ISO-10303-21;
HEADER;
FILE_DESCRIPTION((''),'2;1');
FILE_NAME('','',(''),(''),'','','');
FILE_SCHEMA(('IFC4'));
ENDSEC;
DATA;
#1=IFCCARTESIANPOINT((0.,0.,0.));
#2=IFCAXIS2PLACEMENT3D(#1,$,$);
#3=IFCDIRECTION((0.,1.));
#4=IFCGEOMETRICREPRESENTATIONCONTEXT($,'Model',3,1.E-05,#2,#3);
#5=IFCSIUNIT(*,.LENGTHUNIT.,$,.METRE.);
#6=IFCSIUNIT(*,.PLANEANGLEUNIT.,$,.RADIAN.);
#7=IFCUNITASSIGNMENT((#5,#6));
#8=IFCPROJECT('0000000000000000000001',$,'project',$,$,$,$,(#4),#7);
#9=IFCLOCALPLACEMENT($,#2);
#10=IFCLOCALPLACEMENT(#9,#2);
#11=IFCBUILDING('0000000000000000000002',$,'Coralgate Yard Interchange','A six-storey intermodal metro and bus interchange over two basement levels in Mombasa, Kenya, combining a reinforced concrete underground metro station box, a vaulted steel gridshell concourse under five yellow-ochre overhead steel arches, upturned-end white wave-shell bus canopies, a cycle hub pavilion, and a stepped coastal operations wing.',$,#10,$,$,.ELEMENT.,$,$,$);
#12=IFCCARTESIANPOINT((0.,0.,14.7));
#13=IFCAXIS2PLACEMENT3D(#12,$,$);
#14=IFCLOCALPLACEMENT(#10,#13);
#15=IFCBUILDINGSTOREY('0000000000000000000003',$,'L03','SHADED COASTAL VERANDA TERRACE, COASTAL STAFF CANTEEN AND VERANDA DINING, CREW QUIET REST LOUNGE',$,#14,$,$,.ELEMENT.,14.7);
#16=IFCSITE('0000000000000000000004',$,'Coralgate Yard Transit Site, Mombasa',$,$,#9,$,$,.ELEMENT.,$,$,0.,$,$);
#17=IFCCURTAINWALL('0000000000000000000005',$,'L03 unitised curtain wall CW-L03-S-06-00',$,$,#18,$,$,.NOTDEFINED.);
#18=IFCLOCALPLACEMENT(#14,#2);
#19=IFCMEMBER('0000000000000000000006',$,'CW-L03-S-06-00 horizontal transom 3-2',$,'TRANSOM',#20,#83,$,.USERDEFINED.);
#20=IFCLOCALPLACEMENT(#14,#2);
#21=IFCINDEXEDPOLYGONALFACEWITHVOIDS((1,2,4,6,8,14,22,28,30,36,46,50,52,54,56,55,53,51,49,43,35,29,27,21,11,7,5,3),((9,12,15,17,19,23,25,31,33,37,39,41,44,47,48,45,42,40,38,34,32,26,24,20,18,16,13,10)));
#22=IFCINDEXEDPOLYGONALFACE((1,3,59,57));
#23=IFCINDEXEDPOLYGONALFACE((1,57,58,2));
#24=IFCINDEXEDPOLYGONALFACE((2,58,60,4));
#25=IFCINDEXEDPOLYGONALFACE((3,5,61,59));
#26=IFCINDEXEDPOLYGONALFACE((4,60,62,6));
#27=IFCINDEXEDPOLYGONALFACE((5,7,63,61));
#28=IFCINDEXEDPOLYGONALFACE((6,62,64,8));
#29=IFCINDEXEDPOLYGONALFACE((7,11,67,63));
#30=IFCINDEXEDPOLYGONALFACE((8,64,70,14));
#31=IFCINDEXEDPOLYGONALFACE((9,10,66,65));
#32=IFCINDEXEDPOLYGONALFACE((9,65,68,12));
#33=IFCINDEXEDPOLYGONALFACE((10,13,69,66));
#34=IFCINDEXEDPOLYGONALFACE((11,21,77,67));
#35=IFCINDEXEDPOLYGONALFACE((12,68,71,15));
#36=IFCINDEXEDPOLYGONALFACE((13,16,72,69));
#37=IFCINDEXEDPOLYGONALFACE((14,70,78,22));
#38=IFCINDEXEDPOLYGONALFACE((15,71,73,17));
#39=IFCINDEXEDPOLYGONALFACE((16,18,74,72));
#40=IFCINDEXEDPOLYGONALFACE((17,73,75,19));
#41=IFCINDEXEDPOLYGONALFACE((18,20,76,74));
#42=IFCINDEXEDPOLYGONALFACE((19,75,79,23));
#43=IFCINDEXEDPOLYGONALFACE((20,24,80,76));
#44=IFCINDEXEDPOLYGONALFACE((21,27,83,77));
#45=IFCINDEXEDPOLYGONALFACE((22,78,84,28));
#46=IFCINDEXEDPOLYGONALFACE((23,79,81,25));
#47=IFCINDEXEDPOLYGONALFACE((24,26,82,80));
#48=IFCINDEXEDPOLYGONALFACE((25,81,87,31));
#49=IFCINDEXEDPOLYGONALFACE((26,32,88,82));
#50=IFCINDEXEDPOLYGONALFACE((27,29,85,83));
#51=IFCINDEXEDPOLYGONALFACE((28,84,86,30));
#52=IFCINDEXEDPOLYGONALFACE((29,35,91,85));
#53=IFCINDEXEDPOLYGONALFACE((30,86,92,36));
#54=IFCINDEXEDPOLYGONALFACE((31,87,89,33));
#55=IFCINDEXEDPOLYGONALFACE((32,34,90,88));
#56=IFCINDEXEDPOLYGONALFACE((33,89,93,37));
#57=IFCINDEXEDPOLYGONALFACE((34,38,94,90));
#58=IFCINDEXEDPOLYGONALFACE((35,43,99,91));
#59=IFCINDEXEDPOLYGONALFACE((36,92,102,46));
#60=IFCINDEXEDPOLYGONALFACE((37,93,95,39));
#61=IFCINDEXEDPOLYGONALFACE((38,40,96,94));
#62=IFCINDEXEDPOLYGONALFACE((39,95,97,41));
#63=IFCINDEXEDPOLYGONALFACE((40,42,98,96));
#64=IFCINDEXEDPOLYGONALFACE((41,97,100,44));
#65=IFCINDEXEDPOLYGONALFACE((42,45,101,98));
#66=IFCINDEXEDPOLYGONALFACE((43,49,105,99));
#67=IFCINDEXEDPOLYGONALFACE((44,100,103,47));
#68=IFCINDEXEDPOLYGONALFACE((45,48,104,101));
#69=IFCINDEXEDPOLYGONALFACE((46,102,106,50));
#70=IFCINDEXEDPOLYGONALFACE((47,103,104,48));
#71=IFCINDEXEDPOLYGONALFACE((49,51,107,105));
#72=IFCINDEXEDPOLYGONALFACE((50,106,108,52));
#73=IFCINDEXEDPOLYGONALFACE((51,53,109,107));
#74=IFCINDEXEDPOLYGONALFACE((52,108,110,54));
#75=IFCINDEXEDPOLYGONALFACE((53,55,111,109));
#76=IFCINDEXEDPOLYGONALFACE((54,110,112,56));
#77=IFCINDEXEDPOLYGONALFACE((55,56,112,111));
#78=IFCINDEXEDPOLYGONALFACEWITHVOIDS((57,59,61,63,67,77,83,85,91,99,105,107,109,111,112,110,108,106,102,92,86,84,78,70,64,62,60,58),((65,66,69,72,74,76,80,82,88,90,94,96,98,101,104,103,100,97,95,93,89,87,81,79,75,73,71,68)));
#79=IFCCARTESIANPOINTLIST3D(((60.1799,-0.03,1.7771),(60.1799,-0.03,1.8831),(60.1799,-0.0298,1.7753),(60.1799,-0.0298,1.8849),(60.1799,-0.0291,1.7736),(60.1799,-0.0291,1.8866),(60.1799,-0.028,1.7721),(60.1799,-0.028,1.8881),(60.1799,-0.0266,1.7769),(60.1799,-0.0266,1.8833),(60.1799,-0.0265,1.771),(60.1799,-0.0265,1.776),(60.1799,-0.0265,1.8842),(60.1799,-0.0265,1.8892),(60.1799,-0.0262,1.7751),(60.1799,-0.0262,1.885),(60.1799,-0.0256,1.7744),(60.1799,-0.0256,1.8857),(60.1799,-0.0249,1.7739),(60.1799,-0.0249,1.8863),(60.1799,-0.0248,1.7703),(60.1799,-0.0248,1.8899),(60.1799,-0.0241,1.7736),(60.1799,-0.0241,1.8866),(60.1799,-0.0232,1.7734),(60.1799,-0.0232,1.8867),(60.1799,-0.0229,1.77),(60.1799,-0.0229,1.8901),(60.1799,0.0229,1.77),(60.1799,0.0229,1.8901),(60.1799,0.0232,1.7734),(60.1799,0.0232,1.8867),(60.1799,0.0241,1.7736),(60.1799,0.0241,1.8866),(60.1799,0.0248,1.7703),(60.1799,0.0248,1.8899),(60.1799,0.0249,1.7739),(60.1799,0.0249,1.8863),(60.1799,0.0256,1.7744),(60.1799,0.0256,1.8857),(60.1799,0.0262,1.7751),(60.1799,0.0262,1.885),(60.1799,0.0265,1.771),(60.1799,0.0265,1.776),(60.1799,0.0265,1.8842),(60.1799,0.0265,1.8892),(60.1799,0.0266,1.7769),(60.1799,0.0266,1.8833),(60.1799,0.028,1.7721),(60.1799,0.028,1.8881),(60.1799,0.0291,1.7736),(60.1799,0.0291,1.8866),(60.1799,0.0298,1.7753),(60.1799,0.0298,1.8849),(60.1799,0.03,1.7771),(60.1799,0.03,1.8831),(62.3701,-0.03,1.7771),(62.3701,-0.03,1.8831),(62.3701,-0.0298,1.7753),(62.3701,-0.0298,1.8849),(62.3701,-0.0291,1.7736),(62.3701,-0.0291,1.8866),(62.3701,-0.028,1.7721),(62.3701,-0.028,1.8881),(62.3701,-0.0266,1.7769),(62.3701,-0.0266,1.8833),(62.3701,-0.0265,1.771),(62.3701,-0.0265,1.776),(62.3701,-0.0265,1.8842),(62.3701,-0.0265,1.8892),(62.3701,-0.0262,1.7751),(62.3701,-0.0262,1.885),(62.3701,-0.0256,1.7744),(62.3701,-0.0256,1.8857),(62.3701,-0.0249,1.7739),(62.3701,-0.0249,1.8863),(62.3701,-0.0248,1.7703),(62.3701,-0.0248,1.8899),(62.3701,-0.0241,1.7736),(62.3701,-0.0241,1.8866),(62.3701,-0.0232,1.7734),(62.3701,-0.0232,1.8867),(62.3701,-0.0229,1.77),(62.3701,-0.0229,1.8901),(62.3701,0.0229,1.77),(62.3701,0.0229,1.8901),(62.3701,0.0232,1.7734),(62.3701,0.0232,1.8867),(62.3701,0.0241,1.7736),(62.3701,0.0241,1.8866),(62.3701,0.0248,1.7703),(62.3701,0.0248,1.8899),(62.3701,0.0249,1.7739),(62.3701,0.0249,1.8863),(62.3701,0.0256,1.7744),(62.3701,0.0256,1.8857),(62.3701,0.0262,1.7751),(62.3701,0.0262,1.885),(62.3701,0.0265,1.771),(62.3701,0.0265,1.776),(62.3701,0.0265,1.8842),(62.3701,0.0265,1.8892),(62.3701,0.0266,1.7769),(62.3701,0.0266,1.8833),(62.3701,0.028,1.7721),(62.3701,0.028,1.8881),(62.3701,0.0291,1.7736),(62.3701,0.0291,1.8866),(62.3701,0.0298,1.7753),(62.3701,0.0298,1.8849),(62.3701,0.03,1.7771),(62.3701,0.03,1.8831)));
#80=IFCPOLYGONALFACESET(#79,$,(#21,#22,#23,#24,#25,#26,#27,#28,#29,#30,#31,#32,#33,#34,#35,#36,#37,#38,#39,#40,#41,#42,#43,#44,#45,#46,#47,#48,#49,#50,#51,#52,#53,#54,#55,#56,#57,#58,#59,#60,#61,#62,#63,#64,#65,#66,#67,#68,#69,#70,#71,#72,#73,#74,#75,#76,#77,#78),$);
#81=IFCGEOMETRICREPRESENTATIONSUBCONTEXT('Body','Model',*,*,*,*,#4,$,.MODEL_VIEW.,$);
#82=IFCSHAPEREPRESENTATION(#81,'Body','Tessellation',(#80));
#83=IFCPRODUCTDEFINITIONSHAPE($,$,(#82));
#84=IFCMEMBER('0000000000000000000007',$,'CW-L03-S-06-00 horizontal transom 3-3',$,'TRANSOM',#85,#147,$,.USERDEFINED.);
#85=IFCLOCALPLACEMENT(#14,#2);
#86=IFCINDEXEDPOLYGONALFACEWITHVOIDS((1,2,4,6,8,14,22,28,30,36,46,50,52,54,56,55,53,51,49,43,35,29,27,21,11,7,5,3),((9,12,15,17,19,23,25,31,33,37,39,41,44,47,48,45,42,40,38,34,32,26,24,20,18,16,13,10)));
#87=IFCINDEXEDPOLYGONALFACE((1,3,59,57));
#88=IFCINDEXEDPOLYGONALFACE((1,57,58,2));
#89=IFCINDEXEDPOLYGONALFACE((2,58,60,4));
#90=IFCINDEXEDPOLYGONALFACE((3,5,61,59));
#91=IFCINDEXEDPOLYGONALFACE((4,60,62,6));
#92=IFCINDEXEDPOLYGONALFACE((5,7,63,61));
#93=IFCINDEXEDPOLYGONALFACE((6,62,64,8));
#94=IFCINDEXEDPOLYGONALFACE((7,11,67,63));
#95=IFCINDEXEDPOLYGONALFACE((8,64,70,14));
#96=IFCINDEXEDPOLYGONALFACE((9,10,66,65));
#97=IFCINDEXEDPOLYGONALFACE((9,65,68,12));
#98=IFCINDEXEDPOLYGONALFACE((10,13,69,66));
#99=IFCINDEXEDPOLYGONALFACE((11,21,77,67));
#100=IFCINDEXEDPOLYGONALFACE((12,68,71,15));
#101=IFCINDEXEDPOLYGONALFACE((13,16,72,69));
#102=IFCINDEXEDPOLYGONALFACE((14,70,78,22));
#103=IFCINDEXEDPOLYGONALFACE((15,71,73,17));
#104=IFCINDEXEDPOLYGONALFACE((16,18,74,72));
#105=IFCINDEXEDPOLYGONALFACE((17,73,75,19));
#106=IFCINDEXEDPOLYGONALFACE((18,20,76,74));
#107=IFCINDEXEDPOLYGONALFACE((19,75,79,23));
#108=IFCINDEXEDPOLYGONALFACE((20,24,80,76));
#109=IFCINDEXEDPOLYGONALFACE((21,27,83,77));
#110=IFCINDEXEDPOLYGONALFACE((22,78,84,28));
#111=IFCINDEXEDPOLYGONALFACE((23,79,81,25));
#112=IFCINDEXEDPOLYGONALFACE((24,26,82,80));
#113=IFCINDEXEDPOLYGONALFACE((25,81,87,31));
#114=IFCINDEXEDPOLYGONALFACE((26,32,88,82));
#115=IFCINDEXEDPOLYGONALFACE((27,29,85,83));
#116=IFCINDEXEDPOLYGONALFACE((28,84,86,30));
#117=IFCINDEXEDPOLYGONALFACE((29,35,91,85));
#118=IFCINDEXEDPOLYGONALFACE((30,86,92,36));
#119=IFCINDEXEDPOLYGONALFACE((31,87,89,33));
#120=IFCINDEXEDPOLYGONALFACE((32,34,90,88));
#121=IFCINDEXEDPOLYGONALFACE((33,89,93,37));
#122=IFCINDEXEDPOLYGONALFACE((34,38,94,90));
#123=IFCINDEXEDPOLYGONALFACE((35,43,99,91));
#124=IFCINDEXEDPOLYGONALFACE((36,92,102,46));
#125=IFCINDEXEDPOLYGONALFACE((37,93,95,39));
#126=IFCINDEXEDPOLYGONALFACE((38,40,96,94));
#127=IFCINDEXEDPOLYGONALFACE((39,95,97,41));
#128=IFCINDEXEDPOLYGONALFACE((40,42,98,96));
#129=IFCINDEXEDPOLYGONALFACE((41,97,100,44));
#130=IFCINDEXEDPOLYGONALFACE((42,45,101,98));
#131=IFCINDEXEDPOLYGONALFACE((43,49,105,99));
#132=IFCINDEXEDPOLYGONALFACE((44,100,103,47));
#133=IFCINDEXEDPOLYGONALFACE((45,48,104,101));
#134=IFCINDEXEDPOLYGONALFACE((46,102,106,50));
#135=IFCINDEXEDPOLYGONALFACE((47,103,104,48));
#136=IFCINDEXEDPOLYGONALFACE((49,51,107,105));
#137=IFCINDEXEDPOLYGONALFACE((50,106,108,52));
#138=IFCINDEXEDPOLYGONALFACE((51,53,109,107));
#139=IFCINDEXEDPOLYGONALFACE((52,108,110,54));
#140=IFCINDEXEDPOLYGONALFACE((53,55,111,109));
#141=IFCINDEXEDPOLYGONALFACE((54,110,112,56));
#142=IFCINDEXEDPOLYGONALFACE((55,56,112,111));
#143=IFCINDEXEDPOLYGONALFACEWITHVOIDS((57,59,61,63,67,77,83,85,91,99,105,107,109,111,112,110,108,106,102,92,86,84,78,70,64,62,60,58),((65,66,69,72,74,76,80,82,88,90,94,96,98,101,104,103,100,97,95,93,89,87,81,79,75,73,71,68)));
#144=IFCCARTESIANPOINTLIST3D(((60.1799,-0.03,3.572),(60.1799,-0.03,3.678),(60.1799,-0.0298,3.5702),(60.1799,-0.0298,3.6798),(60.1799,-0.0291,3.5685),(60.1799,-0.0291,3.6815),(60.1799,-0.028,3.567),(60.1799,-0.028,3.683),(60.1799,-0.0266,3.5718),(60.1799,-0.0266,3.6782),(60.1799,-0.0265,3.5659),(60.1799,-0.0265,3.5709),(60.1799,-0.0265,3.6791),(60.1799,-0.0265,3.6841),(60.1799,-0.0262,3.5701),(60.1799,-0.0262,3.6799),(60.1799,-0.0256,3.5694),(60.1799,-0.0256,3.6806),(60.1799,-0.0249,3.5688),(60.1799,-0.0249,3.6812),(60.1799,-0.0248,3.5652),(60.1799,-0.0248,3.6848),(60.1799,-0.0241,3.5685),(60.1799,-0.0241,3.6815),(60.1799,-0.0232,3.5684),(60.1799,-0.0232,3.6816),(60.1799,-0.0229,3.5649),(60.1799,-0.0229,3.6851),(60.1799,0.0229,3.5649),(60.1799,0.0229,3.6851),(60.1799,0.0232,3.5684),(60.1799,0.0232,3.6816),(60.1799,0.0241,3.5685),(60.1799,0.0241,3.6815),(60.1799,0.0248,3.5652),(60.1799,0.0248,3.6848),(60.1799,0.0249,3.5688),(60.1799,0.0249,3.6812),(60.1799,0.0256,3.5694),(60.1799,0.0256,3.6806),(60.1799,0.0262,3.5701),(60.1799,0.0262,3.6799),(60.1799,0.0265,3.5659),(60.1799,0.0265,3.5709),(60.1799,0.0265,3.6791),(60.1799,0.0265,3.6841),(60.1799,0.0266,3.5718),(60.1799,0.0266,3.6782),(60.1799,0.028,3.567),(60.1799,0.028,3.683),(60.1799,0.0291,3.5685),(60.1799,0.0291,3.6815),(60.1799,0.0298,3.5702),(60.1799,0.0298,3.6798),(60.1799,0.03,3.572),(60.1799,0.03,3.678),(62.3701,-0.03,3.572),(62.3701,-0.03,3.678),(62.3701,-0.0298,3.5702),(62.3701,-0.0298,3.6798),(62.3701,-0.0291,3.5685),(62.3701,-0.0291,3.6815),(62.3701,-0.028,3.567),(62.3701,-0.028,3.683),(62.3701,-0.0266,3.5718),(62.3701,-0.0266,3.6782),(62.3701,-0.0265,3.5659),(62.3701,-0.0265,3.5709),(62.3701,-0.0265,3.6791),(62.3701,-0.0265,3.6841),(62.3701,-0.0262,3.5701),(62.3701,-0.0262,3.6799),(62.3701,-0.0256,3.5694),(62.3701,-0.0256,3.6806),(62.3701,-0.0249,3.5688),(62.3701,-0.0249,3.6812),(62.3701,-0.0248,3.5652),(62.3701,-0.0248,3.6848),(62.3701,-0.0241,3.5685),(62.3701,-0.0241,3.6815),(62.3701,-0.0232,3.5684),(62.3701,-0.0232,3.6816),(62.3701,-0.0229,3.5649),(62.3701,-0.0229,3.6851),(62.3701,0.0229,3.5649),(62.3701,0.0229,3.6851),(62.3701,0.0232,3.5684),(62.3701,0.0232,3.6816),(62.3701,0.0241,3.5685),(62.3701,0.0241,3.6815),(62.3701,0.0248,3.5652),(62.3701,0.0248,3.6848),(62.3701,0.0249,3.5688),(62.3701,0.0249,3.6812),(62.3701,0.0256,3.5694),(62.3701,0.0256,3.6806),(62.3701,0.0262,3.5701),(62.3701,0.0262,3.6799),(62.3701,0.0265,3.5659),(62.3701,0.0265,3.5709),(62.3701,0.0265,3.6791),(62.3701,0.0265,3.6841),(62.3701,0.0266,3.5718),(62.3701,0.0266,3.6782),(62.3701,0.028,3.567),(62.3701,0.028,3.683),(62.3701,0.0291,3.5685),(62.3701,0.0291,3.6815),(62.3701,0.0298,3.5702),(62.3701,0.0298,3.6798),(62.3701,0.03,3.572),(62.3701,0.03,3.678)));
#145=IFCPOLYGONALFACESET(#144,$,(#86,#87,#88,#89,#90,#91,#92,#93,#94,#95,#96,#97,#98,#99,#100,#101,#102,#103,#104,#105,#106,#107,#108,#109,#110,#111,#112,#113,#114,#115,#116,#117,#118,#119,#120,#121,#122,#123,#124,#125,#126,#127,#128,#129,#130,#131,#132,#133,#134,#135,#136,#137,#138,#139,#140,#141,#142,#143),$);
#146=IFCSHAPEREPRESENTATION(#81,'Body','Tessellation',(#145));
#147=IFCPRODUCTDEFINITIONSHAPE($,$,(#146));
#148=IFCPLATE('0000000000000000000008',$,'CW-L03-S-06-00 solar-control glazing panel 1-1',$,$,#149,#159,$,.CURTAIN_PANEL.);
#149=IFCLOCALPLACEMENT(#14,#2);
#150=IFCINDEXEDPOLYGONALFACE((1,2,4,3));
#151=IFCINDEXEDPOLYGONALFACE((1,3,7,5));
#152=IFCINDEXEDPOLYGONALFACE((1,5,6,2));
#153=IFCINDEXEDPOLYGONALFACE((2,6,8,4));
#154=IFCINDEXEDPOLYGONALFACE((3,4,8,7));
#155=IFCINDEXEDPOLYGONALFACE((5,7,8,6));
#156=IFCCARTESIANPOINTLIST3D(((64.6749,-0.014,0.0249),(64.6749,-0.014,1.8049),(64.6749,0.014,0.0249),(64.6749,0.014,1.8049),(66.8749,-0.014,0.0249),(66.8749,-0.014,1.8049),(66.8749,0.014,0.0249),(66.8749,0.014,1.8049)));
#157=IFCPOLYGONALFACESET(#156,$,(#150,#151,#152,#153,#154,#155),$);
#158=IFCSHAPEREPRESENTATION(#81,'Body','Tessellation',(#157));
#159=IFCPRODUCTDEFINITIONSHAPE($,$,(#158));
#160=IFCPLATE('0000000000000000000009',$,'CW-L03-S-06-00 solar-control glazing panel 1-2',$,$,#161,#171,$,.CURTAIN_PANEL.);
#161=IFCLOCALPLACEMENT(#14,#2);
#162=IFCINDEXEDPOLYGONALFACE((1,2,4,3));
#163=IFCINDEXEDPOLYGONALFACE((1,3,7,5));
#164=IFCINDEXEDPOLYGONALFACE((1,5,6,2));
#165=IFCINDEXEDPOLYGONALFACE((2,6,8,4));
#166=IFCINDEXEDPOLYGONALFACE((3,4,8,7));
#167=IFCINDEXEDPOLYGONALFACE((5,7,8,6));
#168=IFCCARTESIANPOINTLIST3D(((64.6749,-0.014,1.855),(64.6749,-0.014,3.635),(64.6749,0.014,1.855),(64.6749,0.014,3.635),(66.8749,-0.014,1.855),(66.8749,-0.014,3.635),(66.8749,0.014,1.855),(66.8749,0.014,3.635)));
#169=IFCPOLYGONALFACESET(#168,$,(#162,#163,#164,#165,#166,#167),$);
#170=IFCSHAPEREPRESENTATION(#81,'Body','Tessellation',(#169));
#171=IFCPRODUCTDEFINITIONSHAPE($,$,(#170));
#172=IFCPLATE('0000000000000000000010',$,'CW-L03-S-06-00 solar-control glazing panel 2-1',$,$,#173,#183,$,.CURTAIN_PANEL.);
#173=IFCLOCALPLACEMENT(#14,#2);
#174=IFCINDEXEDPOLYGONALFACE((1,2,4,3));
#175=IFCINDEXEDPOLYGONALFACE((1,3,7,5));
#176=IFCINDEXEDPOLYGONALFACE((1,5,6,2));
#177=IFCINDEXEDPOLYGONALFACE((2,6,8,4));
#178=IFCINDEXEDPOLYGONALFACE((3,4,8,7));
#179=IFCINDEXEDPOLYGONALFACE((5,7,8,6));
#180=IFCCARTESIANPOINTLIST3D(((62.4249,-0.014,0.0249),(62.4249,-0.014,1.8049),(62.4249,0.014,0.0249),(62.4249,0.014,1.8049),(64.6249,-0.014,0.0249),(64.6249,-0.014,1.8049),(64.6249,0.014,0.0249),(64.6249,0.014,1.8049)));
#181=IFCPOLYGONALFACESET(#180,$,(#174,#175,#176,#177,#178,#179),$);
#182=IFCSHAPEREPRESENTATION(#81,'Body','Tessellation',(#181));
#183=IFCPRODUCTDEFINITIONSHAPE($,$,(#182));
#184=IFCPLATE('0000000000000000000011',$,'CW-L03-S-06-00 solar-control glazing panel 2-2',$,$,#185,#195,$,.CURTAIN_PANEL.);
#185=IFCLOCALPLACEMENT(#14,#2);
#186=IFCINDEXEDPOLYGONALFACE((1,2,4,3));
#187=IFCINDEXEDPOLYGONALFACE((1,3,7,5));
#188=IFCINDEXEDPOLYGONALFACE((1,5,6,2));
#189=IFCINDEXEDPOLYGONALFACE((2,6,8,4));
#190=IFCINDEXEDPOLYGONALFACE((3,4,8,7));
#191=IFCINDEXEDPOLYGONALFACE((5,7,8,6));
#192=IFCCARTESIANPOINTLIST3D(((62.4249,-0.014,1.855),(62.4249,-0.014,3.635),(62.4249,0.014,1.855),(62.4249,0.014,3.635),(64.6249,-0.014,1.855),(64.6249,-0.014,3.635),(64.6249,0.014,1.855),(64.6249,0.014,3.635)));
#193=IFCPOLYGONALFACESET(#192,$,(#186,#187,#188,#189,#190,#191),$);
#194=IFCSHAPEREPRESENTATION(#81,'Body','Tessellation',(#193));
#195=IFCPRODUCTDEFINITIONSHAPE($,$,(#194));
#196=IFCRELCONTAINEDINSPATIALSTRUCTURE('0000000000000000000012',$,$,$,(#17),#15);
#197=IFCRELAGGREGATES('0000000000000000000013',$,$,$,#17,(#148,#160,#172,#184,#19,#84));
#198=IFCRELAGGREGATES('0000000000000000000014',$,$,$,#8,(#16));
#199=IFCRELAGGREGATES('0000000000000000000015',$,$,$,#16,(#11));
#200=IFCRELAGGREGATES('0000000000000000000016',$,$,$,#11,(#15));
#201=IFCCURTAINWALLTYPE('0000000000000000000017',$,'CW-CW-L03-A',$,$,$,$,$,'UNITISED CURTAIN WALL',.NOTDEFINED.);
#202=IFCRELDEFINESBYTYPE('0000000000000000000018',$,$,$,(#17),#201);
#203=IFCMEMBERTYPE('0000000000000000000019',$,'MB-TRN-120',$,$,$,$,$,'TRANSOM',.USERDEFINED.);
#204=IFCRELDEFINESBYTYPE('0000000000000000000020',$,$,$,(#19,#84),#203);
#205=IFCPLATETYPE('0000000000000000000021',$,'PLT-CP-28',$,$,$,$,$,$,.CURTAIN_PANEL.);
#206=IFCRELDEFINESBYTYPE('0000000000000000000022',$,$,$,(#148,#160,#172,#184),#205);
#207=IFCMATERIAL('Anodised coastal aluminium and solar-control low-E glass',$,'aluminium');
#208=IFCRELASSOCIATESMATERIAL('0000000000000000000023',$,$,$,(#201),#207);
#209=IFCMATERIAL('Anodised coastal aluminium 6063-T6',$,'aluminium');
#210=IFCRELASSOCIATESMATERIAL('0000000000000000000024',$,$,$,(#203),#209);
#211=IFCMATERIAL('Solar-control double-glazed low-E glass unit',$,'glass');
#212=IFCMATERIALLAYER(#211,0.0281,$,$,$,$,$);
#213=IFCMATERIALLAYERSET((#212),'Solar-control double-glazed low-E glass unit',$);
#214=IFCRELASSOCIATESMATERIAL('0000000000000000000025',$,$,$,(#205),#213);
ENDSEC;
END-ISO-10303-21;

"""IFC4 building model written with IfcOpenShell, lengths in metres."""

from ifc_helpers import new_model, si_unit, direction, frame, origin, origin_2d, place, context, subcontext, project, spatial, rectangle, hollow_rectangle, extrude, material, layer, layer_set, material_profile, profile_set, type_object, element, aggregate, save


model = new_model("IFC4")

# Units and contexts
model_context = context("Model", 3, precision=1e-05, world=origin(), true_north=direction((0.0, 1.0)))
body_context = subcontext(model_context, "Body", "Model", "MODEL_VIEW")
ifc_project = project(units=[si_unit("LENGTHUNIT", "METRE"), si_unit("PLANEANGLEUNIT", "RADIAN")], contexts=[model_context])

# Site, building, storey
site_placement = place(None, origin())
site = spatial("IfcSite", under=ifc_project, at=site_placement, Name="Coralgate Yard Transit Site, Mombasa", CompositionType="ELEMENT", RefElevation=0.0)
building_placement = place(site_placement, origin())
building = spatial("IfcBuilding", under=site, at=building_placement, Name="Coralgate Yard Interchange", Description="A six-storey intermodal metro and bus interchange over two basement levels in Mombasa, Kenya, combining a reinforced concrete underground metro station box, a vaulted steel gridshell concourse under five yellow-ochre overhead steel arches, upturned-end white wave-shell bus canopies, a cycle hub pavilion, and a stepped coastal operations wing.", CompositionType="ELEMENT")
storey_placement = place(building_placement, frame((0.0, 0.0, 14.7)))
storey = spatial("IfcBuildingStorey", under=building, at=storey_placement, Name="L03", Description="SHADED COASTAL VERANDA TERRACE, COASTAL STAFF CANTEEN AND VERANDA DINING, CREW QUIET REST LOUNGE", CompositionType="ELEMENT", Elevation=14.7)

# Curtain wall, members, plates
ifc_material_1 = material(Name="Anodised coastal aluminium and solar-control low-E glass", Category="aluminium")
curtain_wall_type = type_object("IfcCurtainWallType", Name="CW-CW-L03-A", ElementType="UNITISED CURTAIN WALL", PredefinedType="NOTDEFINED", material=ifc_material_1)
curtain_wall_placement = place(storey_placement, origin())
curtain_wall = element("IfcCurtainWall", 1, at=curtain_wall_placement, inside=storey, type_object=curtain_wall_type, Name="L03 unitised curtain wall CW-L03-S-06-00", PredefinedType="NOTDEFINED")
ifc_material_2 = material(Name="Anodised coastal aluminium 6063-T6", Category="aluminium")
ifc_material_profile_1 = material_profile(ifc_material_2, hollow_rectangle(XDim=0.0601, YDim=0.1201, WallThickness=0.0034, InnerFilletRadius=0.0034, OuterFilletRadius=0.0071, at=origin_2d()), Name="ALU 60x120x3.5")
ifc_profile_set_1 = profile_set([ifc_material_profile_1], Name="Anodised coastal aluminium 6063-T6")
member_type_1 = type_object("IfcMemberType", Name="MB-TRN-120", ElementType="TRANSOM", PredefinedType="USERDEFINED", material=ifc_profile_set_1)
member_1_placement = place(storey_placement, frame((62.3701, 0.0, 1.8301), z_axis=(-1.0, 0.0, 0.0), x_axis=(0.0, -1.0, 0.0)))
member_1 = element("IfcMember", 2, at=member_1_placement, type_object=member_type_1, Name="CW-L03-S-06-00 horizontal transom 3-2", ObjectType="TRANSOM", PredefinedType="USERDEFINED", context=body_context, shape_type="SweptSolid", body=[
    extrude(hollow_rectangle(XDim=0.0601, YDim=0.1201, WallThickness=0.0034, InnerFilletRadius=0.0034, OuterFilletRadius=0.0071, at=origin_2d()), origin(), (0.0, 0.0, 1.0), 2.1902),
])
member_2_placement = place(storey_placement, frame((62.3701, 0.0, 3.625), z_axis=(-1.0, 0.0, 0.0), x_axis=(0.0, -1.0, 0.0)))
member_2 = element("IfcMember", 3, at=member_2_placement, type_object=member_type_1, Name="CW-L03-S-06-00 horizontal transom 3-3", ObjectType="TRANSOM", PredefinedType="USERDEFINED", context=body_context, shape_type="SweptSolid", body=[
    extrude(hollow_rectangle(XDim=0.0601, YDim=0.1201, WallThickness=0.0034, InnerFilletRadius=0.0034, OuterFilletRadius=0.0071, at=origin_2d()), origin(), (0.0, 0.0, 1.0), 2.1902),
])
ifc_material_3 = material(Name="Solar-control double-glazed low-E glass unit", Category="glass")
ifc_layer = layer(ifc_material_3, 0.0281)
ifc_layer_set = layer_set([ifc_layer], Name="Solar-control double-glazed low-E glass unit")
plate_type = type_object("IfcPlateType", Name="PLT-CP-28", PredefinedType="CURTAIN_PANEL", material=ifc_layer_set)
plate_1_placement = place(storey_placement, frame((65.7749, 0.0, 0.0249), z_axis=(0.0, 0.0, 1.0), x_axis=(-1.0, 0.0, 0.0)))
plate_1 = element("IfcPlate", 4, at=plate_1_placement, type_object=plate_type, Name="CW-L03-S-06-00 solar-control glazing panel 1-1", PredefinedType="CURTAIN_PANEL", context=body_context, shape_type="SweptSolid", body=[
    extrude(rectangle(XDim=2.2, YDim=0.0281, at=origin_2d()), origin(), (0.0, 0.0, 1.0), 1.78),
])
plate_2_placement = place(storey_placement, frame((65.7749, 0.0, 1.855), z_axis=(0.0, 0.0, 1.0), x_axis=(-1.0, 0.0, 0.0)))
plate_2 = element("IfcPlate", 5, at=plate_2_placement, type_object=plate_type, Name="CW-L03-S-06-00 solar-control glazing panel 1-2", PredefinedType="CURTAIN_PANEL", context=body_context, shape_type="SweptSolid", body=[
    extrude(rectangle(XDim=2.2, YDim=0.0281, at=origin_2d()), origin(), (0.0, 0.0, 1.0), 1.78),
])
plate_3_placement = place(storey_placement, frame((63.5249, 0.0, 0.0249), z_axis=(0.0, 0.0, 1.0), x_axis=(-1.0, 0.0, 0.0)))
plate_3 = element("IfcPlate", 6, at=plate_3_placement, type_object=plate_type, Name="CW-L03-S-06-00 solar-control glazing panel 2-1", PredefinedType="CURTAIN_PANEL", context=body_context, shape_type="SweptSolid", body=[
    extrude(rectangle(XDim=2.2, YDim=0.0281, at=origin_2d()), origin(), (0.0, 0.0, 1.0), 1.78),
])
plate_4_placement = place(storey_placement, frame((63.5249, 0.0, 1.855), z_axis=(0.0, 0.0, 1.0), x_axis=(-1.0, 0.0, 0.0)))
plate_4 = element("IfcPlate", 7, at=plate_4_placement, type_object=plate_type, Name="CW-L03-S-06-00 solar-control glazing panel 2-2", PredefinedType="CURTAIN_PANEL", context=body_context, shape_type="SweptSolid", body=[
    extrude(rectangle(XDim=2.2, YDim=0.0281, at=origin_2d()), origin(), (0.0, 0.0, 1.0), 1.78),
])
aggregate(curtain_wall, [plate_1, plate_2, plate_3, plate_4, member_1, member_2])

save(model, "model.ifc")
